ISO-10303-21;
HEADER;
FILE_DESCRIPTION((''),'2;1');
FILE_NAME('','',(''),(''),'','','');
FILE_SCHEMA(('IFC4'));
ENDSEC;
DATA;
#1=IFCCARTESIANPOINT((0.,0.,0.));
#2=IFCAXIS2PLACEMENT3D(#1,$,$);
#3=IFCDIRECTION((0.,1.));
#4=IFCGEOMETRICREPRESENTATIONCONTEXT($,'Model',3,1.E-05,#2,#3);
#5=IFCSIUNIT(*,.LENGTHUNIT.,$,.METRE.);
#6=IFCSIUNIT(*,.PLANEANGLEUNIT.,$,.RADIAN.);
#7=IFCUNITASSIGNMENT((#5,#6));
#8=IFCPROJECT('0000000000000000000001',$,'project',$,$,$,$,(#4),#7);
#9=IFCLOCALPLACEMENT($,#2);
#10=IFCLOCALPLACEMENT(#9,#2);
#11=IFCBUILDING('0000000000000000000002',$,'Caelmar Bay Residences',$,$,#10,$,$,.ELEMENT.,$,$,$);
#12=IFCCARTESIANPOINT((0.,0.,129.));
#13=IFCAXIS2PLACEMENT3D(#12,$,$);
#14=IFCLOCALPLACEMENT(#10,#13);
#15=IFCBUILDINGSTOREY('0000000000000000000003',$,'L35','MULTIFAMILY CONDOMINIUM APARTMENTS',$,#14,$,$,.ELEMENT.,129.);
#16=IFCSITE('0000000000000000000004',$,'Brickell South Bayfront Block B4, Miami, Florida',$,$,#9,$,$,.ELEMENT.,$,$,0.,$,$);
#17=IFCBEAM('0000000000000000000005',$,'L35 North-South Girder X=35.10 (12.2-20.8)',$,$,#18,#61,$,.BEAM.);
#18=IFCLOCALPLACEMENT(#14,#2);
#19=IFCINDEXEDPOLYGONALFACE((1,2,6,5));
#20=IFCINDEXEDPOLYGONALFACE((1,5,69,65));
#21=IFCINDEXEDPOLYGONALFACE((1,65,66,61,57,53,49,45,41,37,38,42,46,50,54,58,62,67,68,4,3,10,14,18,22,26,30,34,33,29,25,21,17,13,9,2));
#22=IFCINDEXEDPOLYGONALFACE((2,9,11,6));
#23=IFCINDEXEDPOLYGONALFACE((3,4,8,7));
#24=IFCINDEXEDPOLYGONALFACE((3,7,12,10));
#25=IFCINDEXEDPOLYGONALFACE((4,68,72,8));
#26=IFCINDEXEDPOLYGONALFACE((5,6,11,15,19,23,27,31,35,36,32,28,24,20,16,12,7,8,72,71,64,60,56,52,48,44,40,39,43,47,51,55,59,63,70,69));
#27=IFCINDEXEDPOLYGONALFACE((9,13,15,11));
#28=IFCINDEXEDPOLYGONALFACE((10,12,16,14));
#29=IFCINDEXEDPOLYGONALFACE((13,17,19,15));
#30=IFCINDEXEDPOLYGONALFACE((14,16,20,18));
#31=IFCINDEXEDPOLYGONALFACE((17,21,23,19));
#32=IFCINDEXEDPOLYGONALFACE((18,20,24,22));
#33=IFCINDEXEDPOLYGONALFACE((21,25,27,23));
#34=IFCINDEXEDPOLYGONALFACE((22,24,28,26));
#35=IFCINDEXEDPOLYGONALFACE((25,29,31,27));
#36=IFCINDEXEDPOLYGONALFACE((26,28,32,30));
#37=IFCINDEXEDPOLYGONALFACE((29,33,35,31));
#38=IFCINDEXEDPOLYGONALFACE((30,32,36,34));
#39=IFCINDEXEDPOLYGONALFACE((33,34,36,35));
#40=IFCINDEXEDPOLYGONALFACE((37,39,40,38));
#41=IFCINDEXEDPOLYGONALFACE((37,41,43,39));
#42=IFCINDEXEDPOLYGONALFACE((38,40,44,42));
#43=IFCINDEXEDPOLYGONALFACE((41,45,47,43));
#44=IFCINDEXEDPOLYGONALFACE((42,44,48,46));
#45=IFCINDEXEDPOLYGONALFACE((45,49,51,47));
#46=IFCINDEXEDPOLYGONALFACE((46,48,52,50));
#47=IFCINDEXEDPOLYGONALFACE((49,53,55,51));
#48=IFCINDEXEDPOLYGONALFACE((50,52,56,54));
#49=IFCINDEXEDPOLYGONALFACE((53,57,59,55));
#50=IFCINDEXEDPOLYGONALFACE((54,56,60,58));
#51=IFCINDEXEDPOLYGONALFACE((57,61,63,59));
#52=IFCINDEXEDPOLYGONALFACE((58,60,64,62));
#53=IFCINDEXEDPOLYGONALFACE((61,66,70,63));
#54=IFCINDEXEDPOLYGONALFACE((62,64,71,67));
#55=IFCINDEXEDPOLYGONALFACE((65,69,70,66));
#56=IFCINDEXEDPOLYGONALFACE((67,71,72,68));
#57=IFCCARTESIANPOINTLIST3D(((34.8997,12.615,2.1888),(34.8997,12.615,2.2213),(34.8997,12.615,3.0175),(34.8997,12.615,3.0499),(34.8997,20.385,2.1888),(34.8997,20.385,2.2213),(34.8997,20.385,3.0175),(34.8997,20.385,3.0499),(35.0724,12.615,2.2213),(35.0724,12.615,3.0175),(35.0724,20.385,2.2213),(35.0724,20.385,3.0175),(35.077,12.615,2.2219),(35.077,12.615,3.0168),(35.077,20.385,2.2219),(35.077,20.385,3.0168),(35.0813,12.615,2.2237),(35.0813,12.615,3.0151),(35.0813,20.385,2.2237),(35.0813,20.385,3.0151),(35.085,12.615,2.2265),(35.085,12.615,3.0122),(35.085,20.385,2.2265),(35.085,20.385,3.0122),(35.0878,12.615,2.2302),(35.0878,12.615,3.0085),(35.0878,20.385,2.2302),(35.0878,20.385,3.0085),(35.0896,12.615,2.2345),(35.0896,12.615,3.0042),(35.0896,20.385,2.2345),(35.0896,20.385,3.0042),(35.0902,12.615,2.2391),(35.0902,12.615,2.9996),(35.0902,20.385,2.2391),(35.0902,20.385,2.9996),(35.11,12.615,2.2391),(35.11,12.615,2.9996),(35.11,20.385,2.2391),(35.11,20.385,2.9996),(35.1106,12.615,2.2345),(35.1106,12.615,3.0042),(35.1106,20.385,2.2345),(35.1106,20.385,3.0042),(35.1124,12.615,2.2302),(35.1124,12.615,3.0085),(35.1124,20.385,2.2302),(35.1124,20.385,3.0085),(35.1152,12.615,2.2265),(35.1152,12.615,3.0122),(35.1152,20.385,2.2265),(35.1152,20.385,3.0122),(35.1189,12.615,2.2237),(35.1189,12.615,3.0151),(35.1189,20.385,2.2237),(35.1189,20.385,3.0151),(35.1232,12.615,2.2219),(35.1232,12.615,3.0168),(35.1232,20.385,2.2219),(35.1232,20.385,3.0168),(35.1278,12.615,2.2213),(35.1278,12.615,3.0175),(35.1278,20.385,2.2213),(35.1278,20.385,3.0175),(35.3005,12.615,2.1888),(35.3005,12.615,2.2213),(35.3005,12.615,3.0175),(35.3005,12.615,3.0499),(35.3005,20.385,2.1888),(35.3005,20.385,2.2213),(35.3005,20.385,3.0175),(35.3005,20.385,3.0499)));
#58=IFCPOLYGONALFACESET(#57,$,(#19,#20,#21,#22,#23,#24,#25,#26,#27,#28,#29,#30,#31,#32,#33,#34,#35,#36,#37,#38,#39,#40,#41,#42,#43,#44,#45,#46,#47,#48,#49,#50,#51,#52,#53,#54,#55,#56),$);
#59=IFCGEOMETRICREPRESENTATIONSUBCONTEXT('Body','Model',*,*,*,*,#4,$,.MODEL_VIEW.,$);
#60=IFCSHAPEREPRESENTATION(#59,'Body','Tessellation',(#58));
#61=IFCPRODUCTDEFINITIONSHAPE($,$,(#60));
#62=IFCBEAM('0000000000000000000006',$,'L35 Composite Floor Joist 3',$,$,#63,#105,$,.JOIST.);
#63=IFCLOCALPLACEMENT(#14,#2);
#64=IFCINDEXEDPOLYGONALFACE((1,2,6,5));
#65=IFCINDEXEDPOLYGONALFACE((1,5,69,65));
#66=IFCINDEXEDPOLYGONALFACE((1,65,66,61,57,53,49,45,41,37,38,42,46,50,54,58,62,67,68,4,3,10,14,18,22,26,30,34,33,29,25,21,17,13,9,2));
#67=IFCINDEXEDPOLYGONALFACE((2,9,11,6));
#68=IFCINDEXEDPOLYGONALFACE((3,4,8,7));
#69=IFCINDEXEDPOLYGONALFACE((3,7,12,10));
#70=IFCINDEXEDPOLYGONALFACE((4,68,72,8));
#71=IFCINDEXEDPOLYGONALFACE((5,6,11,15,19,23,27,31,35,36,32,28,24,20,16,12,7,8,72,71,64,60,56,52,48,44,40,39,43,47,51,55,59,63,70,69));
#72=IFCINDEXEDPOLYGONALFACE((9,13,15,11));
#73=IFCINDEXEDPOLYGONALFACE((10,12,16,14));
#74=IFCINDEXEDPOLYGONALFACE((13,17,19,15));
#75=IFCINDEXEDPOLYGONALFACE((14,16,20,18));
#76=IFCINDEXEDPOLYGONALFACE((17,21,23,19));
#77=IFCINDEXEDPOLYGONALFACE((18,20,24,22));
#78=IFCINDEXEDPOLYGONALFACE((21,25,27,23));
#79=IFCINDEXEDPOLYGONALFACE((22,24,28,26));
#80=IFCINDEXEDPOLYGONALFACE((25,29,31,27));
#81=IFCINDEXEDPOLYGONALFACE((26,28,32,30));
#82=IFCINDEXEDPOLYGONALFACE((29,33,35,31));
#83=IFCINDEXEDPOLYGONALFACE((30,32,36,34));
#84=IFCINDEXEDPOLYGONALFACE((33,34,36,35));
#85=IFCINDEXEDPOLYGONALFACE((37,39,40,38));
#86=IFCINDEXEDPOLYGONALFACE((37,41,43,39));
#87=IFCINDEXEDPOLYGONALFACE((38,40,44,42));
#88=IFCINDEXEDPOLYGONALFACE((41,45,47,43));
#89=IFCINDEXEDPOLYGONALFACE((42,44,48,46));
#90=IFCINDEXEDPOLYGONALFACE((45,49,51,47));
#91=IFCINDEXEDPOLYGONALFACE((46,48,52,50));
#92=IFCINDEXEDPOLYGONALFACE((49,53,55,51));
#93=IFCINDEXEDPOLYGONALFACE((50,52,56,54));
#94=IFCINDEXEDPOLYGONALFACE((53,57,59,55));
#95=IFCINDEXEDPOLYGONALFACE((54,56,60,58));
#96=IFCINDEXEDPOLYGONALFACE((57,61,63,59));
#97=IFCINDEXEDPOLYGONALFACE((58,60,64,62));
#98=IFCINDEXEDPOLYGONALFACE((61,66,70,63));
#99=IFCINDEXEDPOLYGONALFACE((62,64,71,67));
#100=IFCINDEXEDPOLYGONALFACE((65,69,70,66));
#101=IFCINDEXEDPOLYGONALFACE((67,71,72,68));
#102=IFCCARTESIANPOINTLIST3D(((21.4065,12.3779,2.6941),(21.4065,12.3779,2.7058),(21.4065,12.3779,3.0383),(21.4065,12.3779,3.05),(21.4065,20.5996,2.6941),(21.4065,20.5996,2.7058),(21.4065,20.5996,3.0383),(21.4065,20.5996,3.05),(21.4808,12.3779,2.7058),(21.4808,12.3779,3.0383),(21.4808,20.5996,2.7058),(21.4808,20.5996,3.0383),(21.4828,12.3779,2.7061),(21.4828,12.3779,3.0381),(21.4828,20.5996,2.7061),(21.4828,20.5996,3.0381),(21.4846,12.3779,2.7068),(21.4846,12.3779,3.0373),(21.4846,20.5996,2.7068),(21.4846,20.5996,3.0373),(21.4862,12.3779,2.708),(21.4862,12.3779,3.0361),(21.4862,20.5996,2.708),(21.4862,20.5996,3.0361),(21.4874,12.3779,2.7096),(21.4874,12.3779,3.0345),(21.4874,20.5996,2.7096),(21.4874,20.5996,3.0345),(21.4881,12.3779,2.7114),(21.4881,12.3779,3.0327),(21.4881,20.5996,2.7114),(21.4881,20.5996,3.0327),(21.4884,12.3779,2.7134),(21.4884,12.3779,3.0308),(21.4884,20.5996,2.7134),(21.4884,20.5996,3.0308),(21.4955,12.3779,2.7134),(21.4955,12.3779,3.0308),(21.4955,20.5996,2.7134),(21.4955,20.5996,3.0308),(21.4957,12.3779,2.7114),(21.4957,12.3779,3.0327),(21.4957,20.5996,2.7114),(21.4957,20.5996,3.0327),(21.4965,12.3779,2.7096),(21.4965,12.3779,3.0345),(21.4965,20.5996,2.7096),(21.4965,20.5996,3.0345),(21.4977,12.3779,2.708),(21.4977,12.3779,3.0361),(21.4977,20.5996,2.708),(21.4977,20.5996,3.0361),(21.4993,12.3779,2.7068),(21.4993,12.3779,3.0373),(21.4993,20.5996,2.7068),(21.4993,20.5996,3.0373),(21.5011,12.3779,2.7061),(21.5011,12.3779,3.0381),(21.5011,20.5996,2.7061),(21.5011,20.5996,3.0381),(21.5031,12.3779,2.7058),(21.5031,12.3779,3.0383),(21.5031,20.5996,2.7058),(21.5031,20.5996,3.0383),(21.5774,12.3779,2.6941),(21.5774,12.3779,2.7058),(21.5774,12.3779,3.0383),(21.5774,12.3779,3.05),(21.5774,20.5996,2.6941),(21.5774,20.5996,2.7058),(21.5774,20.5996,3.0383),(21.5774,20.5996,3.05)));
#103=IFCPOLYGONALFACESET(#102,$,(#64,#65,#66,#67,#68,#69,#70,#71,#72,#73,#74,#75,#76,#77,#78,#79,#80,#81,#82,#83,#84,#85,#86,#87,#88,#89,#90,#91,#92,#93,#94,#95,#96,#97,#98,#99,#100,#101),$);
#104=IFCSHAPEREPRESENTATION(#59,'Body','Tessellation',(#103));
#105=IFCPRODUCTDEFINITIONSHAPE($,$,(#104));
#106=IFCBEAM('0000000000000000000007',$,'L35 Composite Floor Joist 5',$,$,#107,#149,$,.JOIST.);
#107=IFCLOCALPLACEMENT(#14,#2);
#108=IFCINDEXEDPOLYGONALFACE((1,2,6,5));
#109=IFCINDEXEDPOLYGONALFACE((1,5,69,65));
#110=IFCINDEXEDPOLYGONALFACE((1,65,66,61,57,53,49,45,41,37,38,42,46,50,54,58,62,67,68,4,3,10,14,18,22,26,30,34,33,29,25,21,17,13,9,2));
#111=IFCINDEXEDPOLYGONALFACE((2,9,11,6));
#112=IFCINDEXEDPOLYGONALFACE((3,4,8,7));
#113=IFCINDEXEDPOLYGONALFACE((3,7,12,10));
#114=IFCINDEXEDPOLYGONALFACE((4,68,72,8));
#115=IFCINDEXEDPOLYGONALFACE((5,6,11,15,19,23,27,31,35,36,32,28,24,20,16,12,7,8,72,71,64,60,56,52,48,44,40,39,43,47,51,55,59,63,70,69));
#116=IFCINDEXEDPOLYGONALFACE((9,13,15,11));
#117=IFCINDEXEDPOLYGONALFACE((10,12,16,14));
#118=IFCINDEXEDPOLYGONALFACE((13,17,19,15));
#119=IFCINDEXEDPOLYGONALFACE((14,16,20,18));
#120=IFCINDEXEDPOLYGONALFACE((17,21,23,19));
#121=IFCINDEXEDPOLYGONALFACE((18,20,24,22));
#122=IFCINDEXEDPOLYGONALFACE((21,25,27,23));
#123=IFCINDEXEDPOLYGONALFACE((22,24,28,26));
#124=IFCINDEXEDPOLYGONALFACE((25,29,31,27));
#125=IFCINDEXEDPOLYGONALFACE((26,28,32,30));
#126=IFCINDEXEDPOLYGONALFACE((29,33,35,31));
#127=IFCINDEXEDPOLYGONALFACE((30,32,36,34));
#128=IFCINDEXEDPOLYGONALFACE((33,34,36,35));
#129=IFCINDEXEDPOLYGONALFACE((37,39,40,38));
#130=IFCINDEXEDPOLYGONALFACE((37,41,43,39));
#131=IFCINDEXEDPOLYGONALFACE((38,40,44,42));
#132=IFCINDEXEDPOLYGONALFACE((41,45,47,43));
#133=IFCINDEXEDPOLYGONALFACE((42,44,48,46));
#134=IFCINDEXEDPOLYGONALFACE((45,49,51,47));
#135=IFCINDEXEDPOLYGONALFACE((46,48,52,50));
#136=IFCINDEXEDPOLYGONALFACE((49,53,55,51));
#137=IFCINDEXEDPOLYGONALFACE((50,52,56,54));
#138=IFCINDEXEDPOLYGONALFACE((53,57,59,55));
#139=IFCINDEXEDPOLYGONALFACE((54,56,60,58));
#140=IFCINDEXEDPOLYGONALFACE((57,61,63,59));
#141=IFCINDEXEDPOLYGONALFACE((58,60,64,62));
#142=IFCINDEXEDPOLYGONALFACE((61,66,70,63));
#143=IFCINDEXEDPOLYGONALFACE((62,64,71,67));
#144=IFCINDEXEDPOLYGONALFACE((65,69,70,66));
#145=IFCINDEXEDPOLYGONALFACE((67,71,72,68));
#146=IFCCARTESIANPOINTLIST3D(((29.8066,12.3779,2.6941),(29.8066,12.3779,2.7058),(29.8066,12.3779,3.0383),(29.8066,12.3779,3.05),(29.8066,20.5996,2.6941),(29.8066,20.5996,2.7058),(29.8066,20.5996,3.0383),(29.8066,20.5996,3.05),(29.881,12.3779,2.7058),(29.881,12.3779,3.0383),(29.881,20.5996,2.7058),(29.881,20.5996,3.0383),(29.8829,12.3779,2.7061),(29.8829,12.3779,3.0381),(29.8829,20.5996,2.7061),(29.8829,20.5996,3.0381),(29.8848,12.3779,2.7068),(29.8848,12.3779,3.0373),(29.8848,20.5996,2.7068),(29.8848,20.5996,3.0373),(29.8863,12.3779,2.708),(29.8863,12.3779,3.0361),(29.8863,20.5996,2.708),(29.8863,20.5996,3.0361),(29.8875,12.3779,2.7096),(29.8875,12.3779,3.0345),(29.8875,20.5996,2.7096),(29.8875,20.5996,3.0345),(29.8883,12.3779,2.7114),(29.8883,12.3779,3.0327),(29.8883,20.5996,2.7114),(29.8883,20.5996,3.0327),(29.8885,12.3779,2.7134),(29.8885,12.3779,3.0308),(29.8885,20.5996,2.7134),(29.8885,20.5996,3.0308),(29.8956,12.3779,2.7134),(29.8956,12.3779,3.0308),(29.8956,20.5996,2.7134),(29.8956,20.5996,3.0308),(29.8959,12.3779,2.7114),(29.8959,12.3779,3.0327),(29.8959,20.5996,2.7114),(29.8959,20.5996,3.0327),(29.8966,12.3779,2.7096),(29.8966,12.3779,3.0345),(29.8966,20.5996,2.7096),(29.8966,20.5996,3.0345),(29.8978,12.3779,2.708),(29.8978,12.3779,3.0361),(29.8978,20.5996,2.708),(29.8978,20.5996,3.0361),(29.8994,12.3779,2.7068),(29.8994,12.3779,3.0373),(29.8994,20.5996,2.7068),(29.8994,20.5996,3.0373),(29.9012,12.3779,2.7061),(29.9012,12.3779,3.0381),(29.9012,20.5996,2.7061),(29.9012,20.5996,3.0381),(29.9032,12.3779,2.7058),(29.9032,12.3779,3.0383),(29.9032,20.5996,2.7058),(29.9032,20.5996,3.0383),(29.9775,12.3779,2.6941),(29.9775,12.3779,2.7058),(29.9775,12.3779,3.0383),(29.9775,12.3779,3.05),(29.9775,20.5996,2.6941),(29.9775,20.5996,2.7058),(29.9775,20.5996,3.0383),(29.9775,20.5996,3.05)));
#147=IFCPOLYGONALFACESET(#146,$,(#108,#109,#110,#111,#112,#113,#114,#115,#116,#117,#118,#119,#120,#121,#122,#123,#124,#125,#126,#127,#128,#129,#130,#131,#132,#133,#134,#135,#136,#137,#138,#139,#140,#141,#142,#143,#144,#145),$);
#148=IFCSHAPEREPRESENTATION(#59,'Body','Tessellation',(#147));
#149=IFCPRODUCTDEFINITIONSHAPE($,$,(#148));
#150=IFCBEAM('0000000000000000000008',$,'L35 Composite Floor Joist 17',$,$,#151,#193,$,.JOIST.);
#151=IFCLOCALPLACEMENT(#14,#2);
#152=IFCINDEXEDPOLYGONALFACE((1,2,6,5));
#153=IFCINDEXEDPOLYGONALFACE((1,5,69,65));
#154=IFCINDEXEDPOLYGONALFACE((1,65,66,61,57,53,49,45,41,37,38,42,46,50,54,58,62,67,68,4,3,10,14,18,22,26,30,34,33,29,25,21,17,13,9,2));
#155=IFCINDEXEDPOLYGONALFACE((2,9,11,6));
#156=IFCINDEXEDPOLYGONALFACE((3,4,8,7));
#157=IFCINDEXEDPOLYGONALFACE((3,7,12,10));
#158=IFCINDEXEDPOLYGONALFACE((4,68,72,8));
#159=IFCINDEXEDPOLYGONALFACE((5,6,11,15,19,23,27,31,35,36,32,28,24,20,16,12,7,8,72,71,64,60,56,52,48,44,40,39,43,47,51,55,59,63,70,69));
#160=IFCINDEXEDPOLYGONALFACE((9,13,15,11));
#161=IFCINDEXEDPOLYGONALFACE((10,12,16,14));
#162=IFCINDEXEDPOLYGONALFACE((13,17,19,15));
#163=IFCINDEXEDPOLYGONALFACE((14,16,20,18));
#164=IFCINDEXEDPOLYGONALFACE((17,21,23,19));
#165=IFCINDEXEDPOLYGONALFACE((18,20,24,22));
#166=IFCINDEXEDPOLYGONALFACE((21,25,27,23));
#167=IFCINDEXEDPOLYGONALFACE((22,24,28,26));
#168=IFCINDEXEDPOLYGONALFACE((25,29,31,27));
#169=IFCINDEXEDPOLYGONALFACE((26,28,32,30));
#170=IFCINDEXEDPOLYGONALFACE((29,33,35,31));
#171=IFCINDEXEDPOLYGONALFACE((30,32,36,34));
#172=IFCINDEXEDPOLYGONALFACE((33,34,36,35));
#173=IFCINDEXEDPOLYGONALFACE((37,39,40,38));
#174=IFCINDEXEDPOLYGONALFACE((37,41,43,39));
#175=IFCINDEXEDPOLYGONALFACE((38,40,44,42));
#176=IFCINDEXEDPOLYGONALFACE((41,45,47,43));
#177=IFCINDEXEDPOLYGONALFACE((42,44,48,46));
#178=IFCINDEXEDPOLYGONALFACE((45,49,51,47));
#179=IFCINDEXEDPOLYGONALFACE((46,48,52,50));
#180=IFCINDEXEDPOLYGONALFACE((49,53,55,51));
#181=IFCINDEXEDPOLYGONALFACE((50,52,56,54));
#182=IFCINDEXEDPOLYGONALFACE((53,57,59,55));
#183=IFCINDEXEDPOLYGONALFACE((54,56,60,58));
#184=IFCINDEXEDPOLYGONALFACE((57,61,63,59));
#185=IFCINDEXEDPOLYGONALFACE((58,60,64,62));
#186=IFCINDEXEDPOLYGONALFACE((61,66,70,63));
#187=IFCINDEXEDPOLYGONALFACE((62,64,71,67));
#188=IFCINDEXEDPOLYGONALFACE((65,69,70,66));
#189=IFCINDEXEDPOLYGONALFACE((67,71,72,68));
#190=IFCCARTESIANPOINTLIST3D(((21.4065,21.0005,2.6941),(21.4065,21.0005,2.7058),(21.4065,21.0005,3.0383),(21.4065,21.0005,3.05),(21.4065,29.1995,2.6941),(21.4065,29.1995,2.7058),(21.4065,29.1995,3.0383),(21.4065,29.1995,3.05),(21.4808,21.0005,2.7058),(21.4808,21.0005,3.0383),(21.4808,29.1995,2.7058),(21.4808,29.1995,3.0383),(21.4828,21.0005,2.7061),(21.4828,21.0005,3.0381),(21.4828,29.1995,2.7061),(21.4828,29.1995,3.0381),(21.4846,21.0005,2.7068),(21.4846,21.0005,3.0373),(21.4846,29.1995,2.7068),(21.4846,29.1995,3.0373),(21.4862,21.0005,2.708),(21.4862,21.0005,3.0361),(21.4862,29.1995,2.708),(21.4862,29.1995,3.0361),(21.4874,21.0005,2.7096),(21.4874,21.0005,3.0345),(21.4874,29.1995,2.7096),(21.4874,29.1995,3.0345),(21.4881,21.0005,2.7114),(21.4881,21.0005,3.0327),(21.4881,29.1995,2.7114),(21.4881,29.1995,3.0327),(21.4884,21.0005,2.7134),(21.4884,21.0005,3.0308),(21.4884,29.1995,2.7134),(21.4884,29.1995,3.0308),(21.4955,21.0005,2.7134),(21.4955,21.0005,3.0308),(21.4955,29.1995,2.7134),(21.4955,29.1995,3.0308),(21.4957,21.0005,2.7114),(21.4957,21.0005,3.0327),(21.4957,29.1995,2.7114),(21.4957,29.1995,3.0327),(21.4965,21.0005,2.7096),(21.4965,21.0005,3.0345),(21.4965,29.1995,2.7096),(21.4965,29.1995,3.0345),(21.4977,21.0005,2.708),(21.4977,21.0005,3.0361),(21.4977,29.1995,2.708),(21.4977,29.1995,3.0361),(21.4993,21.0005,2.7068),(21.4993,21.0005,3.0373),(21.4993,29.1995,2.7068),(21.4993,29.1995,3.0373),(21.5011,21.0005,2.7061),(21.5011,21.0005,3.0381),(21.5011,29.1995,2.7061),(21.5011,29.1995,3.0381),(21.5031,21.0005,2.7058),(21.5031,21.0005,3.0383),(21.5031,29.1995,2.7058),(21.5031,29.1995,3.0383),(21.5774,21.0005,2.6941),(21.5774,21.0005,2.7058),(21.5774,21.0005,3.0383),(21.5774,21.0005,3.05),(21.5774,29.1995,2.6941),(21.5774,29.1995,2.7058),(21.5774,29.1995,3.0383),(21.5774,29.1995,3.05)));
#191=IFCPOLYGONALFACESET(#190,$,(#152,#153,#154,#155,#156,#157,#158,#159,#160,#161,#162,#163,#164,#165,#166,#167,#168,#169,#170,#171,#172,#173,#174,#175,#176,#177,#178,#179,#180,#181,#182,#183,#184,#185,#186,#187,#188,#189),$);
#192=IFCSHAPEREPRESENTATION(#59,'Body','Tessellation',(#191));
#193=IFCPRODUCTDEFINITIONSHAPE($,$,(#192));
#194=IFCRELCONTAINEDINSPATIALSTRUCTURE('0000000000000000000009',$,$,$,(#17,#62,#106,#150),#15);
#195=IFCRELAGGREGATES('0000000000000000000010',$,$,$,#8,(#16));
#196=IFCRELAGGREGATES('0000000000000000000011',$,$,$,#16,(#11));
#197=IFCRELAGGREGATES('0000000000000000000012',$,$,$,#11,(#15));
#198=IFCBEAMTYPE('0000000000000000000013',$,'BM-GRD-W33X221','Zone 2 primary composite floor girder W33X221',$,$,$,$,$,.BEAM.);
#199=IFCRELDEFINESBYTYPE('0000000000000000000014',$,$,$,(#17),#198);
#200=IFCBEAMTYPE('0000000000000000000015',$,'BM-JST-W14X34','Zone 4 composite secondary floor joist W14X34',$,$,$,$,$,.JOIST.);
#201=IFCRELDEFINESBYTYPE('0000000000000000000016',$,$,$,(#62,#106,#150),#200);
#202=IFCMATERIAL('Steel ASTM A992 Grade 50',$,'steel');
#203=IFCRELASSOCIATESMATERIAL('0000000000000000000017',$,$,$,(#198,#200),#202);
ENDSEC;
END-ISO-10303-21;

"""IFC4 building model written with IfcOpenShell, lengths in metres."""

from ifc_helpers import new_model, si_unit, direction, frame, origin, origin_2d, place, context, subcontext, project, spatial, i_section, extrude, material, material_profile, profile_set, type_object, element, save


model = new_model("IFC4")

# Units and contexts
model_context = context("Model", 3, precision=1e-05, world=origin(), true_north=direction((0.0, 1.0)))
body_context = subcontext(model_context, "Body", "Model", "MODEL_VIEW")
ifc_project = project(units=[si_unit("LENGTHUNIT", "METRE"), si_unit("PLANEANGLEUNIT", "RADIAN")], contexts=[model_context])

# Site, building, storey
site_placement = place(None, origin())
site = spatial("IfcSite", under=ifc_project, at=site_placement, Name="Brickell South Bayfront Block B4, Miami, Florida", CompositionType="ELEMENT", RefElevation=0.0)
building_placement = place(site_placement, origin())
building = spatial("IfcBuilding", under=site, at=building_placement, Name="Caelmar Bay Residences", CompositionType="ELEMENT")
storey_placement = place(building_placement, frame((0.0, 0.0, 129.0)))
storey = spatial("IfcBuildingStorey", under=building, at=storey_placement, Name="L35", Description="MULTIFAMILY CONDOMINIUM APARTMENTS", CompositionType="ELEMENT", Elevation=129.0)

# Beams
ifc_material_1 = material(Name="Steel ASTM A992 Grade 50", Category="steel")
ifc_material_profile_1 = material_profile(ifc_material_1, i_section(OverallWidth=0.4009, OverallDepth=0.8611, WebThickness=0.0198, FlangeThickness=0.0325, FilletRadius=0.0178, at=origin_2d()), Name="W33X221")
ifc_profile_set_1 = profile_set([ifc_material_profile_1], Name="Steel ASTM A992 Grade 50")
beam_type_1 = type_object("IfcBeamType", Name="BM-GRD-W33X221", Description="Zone 2 primary composite floor girder W33X221", PredefinedType="BEAM", material=ifc_profile_set_1)
for number, where, z_axis, x_axis, name in (
    (1, (35.1001, 12.615, 2.6194), (0.0, 1.0, 0.0), (-1.0, 0.0, 0.0), "L35 North-South Girder X=35.10 (12.2-20.8)"),
):
    element("IfcBeam", number, at=place(storey_placement, frame(where, z_axis=z_axis, x_axis=x_axis)), inside=storey, type_object=beam_type_1, Name=name, PredefinedType="BEAM", context=body_context, shape_type="SweptSolid", body=[
        extrude(i_section(OverallWidth=0.4009, OverallDepth=0.8611, WebThickness=0.0198, FlangeThickness=0.0325, FilletRadius=0.0178, at=origin_2d()), origin(), (0.0, 0.0, 1.0), 7.77),
    ])
ifc_material_profile_2 = material_profile(ifc_material_1, i_section(OverallWidth=0.1709, OverallDepth=0.356, WebThickness=0.0071, FlangeThickness=0.0117, FilletRadius=0.0076, at=origin_2d()), Name="W14X34")
ifc_profile_set_2 = profile_set([ifc_material_profile_2], Name="Steel ASTM A992 Grade 50")
beam_type_2 = type_object("IfcBeamType", Name="BM-JST-W14X34", Description="Zone 4 composite secondary floor joist W14X34", PredefinedType="JOIST", material=ifc_profile_set_2)
for number, where, z_axis, x_axis, name in (
    (2, (21.4919, 12.3779, 2.8721), (0.0, 1.0, 0.0), (-1.0, 0.0, 0.0), "L35 Composite Floor Joist 3"),
    (3, (29.8921, 12.3779, 2.8721), (0.0, 1.0, 0.0), (-1.0, 0.0, 0.0), "L35 Composite Floor Joist 5"),
):
    element("IfcBeam", number, at=place(storey_placement, frame(where, z_axis=z_axis, x_axis=x_axis)), inside=storey, type_object=beam_type_2, Name=name, PredefinedType="JOIST", context=body_context, shape_type="SweptSolid", body=[
        extrude(i_section(OverallWidth=0.1709, OverallDepth=0.356, WebThickness=0.0071, FlangeThickness=0.0117, FilletRadius=0.0076, at=origin_2d()), origin(), (0.0, 0.0, 1.0), 8.2217),
    ])
for number, where, z_axis, x_axis, name in (
    (4, (21.4919, 21.0005, 2.8721), (0.0, 1.0, 0.0), (-1.0, 0.0, 0.0), "L35 Composite Floor Joist 17"),
):
    element("IfcBeam", number, at=place(storey_placement, frame(where, z_axis=z_axis, x_axis=x_axis)), inside=storey, type_object=beam_type_2, Name=name, PredefinedType="JOIST", context=body_context, shape_type="SweptSolid", body=[
        extrude(i_section(OverallWidth=0.1709, OverallDepth=0.356, WebThickness=0.0071, FlangeThickness=0.0117, FilletRadius=0.0076, at=origin_2d()), origin(), (0.0, 0.0, 1.0), 8.199),
    ])

save(model, "model.ifc")
